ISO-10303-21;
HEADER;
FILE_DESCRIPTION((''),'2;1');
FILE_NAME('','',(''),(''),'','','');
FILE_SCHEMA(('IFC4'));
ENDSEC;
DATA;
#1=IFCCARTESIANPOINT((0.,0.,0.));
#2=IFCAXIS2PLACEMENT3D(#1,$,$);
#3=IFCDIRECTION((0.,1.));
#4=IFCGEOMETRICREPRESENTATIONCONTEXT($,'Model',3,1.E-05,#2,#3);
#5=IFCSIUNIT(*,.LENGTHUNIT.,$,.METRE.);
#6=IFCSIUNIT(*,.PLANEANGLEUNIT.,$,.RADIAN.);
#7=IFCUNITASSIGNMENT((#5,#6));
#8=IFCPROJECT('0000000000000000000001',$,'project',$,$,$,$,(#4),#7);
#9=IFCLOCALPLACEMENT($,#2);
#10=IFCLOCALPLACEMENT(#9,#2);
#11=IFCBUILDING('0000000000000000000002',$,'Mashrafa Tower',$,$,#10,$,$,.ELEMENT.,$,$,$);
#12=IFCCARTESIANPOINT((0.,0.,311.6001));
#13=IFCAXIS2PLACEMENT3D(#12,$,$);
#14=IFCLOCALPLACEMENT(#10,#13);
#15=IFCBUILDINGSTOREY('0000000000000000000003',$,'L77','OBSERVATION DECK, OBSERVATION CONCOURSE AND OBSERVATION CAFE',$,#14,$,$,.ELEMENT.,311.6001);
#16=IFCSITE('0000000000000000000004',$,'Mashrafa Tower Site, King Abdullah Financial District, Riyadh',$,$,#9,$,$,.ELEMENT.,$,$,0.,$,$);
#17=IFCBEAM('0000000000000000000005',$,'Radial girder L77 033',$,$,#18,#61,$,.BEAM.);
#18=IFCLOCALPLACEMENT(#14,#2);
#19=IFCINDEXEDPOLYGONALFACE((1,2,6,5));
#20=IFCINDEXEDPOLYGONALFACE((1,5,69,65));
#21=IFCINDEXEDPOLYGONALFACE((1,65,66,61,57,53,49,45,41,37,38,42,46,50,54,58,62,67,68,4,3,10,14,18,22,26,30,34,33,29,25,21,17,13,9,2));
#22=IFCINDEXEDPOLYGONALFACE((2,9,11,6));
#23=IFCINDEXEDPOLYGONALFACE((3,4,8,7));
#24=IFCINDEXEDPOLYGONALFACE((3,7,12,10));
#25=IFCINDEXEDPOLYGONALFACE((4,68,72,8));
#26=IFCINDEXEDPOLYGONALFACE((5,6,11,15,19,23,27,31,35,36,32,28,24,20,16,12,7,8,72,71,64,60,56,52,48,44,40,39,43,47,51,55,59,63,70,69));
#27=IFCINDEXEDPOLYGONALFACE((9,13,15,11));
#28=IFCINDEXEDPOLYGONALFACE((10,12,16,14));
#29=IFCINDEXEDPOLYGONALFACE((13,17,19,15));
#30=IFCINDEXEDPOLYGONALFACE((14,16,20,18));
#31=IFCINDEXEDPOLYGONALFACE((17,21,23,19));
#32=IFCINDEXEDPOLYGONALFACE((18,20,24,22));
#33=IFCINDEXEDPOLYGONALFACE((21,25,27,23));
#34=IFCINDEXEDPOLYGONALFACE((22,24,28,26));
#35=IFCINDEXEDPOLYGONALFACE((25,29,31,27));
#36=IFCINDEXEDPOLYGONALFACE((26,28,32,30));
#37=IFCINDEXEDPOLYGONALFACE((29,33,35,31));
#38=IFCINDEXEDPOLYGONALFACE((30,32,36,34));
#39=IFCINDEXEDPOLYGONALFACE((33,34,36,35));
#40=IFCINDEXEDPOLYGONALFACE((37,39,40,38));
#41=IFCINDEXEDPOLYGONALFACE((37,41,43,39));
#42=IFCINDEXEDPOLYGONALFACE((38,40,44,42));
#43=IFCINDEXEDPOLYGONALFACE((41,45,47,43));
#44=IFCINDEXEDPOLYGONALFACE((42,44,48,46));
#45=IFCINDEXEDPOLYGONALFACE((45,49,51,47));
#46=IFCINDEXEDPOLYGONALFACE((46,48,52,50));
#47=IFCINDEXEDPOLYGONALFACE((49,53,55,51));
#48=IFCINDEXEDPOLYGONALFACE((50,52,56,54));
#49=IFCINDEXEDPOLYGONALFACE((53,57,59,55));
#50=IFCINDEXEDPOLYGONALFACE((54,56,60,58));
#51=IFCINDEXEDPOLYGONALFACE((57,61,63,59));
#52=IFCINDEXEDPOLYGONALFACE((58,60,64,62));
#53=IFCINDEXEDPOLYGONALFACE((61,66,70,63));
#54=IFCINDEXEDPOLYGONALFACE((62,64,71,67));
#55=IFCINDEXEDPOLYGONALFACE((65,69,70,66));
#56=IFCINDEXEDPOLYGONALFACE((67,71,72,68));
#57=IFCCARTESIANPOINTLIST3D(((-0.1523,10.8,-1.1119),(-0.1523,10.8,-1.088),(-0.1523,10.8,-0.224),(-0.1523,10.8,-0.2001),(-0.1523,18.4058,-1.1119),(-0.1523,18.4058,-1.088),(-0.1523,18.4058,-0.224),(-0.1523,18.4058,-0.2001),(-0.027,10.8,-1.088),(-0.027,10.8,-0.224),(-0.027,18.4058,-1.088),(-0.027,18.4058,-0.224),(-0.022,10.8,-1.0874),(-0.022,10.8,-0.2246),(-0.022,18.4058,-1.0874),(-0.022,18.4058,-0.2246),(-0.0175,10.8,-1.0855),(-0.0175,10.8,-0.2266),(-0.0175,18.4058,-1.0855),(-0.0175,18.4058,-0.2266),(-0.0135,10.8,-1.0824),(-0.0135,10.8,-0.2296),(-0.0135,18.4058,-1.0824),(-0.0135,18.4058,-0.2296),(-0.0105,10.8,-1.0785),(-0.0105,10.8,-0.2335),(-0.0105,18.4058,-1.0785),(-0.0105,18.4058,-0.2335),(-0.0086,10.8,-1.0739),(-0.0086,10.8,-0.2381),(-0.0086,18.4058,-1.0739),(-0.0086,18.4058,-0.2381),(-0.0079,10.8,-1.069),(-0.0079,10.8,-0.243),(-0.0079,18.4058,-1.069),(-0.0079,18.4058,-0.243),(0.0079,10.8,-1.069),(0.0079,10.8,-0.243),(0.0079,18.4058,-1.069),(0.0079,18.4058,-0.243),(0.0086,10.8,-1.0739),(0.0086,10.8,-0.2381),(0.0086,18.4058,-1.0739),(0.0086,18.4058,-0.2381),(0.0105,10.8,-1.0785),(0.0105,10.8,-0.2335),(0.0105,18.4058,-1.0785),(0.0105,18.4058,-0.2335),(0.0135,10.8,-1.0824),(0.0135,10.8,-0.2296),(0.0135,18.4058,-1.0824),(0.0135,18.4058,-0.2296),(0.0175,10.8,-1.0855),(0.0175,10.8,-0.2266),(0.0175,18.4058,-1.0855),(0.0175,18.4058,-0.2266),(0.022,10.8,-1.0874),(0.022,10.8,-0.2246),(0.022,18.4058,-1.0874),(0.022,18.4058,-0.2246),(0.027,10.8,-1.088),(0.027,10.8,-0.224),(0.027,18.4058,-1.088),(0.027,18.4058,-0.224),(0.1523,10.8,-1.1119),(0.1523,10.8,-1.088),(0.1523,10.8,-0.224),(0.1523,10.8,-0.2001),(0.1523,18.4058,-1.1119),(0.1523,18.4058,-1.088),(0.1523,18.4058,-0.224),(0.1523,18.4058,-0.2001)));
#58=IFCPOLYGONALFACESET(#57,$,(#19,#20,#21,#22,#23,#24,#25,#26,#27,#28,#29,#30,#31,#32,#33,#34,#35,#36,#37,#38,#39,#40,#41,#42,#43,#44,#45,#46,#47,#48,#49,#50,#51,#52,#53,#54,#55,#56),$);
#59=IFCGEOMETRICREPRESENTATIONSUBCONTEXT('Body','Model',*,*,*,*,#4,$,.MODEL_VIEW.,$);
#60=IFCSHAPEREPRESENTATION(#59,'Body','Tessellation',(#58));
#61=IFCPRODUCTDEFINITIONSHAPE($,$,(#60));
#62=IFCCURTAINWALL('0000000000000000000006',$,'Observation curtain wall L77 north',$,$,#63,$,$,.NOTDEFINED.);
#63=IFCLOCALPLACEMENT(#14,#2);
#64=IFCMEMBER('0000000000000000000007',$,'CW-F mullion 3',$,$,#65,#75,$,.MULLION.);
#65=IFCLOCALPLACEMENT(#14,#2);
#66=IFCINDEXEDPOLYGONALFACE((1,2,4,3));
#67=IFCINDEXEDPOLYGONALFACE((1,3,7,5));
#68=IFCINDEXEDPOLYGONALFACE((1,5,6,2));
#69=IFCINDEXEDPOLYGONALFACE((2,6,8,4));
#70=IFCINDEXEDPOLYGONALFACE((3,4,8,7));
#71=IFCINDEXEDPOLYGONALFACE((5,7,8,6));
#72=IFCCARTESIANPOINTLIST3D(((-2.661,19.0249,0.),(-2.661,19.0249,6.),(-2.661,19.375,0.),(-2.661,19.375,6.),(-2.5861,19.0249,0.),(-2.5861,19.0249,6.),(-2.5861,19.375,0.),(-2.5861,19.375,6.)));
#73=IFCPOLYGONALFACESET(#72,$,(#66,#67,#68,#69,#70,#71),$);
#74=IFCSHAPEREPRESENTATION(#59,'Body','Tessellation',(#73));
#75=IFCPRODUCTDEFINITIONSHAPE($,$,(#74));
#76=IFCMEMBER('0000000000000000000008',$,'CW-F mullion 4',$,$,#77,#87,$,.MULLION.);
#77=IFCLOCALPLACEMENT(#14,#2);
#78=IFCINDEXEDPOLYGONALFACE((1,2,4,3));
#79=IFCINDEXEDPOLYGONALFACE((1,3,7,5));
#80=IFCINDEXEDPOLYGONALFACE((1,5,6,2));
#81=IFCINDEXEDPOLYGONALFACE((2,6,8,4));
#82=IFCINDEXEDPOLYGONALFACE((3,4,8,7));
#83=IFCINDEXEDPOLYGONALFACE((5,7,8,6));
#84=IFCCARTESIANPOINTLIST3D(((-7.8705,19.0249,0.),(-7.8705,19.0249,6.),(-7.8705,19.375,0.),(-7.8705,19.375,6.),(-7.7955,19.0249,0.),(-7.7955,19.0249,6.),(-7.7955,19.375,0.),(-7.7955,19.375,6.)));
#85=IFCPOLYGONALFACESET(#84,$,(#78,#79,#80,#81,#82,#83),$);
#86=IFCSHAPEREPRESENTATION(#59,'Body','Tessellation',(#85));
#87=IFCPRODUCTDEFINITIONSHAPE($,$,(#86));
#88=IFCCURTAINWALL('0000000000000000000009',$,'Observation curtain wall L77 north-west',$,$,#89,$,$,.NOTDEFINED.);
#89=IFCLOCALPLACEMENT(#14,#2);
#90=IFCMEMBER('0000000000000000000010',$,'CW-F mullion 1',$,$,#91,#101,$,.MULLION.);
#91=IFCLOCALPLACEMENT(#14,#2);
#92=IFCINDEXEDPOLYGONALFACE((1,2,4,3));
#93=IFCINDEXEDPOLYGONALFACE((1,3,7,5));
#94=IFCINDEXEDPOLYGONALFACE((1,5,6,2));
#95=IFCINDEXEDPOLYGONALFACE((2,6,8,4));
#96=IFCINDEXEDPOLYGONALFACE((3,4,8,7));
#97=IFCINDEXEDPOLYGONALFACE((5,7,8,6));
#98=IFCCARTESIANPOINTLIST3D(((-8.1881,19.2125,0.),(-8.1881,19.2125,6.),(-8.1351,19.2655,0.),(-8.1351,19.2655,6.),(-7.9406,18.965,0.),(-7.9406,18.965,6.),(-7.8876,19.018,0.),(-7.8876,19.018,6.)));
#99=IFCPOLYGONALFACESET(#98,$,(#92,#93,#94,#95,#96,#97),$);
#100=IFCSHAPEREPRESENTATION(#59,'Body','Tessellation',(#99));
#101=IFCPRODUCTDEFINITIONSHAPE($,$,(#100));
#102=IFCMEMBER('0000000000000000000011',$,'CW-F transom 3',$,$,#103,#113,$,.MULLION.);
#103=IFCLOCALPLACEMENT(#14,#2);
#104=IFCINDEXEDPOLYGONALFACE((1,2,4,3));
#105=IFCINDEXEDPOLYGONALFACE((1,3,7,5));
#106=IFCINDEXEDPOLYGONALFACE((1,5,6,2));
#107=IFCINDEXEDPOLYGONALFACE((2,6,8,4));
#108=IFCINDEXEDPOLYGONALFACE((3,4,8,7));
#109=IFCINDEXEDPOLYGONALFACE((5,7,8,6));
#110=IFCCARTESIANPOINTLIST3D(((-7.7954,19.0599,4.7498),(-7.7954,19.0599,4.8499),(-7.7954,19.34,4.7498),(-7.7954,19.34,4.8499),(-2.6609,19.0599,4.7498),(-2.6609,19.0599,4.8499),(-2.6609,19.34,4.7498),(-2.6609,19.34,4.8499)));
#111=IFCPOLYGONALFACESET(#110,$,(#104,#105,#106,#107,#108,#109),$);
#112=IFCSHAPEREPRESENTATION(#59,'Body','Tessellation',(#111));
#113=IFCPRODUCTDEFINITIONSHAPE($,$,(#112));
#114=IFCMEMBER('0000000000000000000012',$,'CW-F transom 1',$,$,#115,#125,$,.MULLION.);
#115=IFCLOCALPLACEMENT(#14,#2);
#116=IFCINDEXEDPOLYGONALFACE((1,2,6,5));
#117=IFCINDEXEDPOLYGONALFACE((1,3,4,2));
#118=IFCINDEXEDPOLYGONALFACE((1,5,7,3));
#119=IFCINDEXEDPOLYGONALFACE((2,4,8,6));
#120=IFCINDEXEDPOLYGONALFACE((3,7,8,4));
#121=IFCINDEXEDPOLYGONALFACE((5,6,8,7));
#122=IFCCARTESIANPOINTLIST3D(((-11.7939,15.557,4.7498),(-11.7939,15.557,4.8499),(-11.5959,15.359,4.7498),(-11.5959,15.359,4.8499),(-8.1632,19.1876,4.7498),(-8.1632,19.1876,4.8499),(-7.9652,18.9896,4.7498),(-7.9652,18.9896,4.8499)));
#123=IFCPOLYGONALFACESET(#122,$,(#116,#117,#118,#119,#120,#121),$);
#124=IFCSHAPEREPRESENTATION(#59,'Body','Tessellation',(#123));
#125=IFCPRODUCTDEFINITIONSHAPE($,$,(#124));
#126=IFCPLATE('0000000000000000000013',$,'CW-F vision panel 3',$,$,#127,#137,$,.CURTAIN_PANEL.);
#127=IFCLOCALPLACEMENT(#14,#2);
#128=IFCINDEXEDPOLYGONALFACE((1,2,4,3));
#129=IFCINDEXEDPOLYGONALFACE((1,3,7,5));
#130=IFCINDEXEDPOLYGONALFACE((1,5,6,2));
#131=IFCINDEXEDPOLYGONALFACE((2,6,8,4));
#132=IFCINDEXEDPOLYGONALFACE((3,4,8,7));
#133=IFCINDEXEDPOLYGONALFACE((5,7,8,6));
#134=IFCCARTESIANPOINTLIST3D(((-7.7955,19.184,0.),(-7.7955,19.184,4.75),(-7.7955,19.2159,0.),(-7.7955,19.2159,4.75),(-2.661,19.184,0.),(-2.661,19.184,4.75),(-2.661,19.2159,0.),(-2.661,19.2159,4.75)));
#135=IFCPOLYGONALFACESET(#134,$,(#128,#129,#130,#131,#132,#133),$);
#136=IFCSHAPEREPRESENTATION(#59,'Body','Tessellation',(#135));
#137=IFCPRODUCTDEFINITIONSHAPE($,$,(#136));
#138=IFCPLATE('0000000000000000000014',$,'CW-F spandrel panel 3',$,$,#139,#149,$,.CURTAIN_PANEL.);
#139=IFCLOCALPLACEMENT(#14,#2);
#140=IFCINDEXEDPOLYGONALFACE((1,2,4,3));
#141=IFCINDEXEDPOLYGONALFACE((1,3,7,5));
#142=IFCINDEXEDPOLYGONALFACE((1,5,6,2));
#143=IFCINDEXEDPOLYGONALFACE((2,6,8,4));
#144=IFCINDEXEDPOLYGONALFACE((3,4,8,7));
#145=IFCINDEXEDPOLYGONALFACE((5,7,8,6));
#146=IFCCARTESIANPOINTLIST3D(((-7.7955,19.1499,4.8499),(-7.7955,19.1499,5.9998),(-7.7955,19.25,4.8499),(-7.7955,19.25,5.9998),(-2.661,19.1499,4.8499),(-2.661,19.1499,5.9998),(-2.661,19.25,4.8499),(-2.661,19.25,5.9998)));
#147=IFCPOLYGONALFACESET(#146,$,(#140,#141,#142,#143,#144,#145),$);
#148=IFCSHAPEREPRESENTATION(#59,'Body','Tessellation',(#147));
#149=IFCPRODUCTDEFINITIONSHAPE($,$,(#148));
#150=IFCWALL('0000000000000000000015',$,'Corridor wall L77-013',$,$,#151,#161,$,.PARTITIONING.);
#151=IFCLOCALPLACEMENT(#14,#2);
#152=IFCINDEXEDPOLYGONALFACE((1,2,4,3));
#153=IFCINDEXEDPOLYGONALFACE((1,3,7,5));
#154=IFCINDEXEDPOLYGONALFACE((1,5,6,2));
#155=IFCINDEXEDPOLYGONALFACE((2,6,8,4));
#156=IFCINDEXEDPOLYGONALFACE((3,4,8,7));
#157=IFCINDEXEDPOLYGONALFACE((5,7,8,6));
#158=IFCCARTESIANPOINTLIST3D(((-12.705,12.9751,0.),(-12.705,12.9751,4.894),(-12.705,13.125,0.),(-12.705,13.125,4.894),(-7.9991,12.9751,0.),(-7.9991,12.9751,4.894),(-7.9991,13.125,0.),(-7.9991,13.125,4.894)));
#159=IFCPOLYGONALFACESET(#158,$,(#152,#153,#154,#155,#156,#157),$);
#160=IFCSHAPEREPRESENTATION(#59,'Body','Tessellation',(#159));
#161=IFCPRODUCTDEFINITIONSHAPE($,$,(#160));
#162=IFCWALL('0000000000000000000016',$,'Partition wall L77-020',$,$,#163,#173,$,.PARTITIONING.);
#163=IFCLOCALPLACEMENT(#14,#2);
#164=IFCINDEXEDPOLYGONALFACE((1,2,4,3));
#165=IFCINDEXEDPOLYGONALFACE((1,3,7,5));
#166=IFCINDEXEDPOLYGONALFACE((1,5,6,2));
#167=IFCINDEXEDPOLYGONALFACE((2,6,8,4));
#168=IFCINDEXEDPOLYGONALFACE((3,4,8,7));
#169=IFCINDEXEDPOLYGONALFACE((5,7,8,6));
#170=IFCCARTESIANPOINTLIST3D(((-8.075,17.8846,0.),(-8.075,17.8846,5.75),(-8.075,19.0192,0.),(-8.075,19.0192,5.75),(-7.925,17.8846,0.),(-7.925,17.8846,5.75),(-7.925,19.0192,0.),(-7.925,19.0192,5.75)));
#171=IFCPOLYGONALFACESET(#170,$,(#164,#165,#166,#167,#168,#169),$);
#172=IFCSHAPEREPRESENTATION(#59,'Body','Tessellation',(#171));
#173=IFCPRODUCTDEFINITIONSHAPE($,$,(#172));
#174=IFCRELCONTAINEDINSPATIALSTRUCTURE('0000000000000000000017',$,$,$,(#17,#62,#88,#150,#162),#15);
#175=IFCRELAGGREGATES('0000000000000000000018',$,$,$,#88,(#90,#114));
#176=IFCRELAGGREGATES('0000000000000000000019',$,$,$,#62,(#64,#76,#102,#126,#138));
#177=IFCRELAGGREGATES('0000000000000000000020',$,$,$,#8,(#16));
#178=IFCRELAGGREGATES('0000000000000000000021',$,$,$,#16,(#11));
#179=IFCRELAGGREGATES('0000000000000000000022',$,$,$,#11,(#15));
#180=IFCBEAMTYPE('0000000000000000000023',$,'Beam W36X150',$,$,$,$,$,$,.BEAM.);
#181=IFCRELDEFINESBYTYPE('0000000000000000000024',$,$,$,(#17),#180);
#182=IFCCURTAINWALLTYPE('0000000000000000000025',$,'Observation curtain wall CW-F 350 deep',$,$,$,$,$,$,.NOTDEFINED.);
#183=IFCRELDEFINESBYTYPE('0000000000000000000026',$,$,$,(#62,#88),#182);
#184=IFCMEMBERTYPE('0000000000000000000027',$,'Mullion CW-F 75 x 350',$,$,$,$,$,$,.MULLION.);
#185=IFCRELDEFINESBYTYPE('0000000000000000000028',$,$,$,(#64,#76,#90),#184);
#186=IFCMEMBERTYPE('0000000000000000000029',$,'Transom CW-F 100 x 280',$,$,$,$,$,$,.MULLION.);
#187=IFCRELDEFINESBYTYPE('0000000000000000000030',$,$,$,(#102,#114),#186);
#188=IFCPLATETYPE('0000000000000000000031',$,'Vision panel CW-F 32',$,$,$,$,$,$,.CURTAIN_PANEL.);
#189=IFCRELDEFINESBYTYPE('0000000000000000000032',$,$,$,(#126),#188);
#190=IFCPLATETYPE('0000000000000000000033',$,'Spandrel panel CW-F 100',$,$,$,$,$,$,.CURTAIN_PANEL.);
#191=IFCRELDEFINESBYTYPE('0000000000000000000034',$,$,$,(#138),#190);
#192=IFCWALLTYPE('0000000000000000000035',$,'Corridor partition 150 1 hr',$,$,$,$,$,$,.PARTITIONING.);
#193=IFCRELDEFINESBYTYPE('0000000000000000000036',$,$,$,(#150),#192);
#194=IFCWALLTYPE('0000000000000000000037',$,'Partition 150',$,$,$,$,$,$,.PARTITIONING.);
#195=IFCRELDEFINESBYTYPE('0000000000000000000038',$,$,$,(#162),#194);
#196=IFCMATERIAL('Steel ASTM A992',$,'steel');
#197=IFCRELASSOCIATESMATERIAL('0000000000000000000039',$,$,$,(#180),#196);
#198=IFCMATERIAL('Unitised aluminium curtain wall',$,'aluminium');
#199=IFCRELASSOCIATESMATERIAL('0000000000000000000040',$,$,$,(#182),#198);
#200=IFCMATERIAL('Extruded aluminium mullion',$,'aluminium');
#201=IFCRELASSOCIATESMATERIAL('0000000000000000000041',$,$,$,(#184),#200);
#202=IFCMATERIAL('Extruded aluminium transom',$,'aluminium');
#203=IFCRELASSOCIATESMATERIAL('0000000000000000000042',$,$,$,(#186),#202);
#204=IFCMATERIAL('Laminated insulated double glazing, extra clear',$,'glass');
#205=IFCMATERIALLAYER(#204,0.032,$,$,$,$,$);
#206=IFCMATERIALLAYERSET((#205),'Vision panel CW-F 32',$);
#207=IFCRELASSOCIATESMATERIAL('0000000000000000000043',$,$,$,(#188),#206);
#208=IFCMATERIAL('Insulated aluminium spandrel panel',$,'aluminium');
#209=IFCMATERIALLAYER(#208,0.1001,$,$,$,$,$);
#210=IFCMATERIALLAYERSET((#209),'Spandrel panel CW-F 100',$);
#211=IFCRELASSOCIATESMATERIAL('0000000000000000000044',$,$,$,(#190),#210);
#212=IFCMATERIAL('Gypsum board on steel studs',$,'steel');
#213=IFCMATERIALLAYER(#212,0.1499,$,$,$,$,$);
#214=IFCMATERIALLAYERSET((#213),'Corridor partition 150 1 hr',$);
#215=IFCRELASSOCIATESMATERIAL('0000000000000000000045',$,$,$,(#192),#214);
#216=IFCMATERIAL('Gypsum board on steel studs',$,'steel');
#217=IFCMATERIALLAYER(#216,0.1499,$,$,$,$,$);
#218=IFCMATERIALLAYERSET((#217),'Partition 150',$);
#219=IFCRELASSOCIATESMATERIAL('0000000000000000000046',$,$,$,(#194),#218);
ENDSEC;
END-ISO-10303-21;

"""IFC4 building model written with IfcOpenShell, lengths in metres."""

from ifc_helpers import new_model, si_unit, direction, frame, frame_2d, origin, origin_2d, place, context, subcontext, project, spatial, rectangle, i_section, extrude, source, transform, mapped, material, layer, layer_set, material_profile, profile_set, type_object, type_shapes, element, aggregate, save


model = new_model("IFC4")

# Units and contexts
model_context = context("Model", 3, precision=1e-05, world=origin(), true_north=direction((0.0, 1.0)))
body_context = subcontext(model_context, "Body", "Model", "MODEL_VIEW")
ifc_project = project(units=[si_unit("LENGTHUNIT", "METRE"), si_unit("PLANEANGLEUNIT", "RADIAN")], contexts=[model_context])

# Site, building, storey
site_placement = place(None, origin())
site = spatial("IfcSite", under=ifc_project, at=site_placement, Name="Mashrafa Tower Site, King Abdullah Financial District, Riyadh", CompositionType="ELEMENT", RefElevation=0.0)
building_placement = place(site_placement, origin())
building = spatial("IfcBuilding", under=site, at=building_placement, Name="Mashrafa Tower", CompositionType="ELEMENT")
storey_placement = place(building_placement, frame((0.0, 0.0, 311.6001)))
storey = spatial("IfcBuildingStorey", under=building, at=storey_placement, Name="L77", Description="OBSERVATION DECK, OBSERVATION CONCOURSE AND OBSERVATION CAFE", CompositionType="ELEMENT", Elevation=311.6001)

# Beam
ifc_material_1 = material(Name="Steel ASTM A992", Category="steel")
ifc_material_profile_1 = material_profile(ifc_material_1, i_section(OverallWidth=0.3047, OverallDepth=0.9119, WebThickness=0.0159, FlangeThickness=0.0239, FilletRadius=0.019, at=origin_2d()), Name="W36X150")
ifc_profile_set_1 = profile_set([ifc_material_profile_1], Name="Steel ASTM A992")
beam_type_1 = type_object("IfcBeamType", Name="Beam W36X150", PredefinedType="BEAM", material=ifc_profile_set_1)
beam_1_placement = place(storey_placement, frame((0.0, 10.8, -0.656), z_axis=(0.0, 1.0, 0.0), x_axis=(-1.0, 0.0, 0.0)))
element("IfcBeam", 1, at=beam_1_placement, inside=storey, type_object=beam_type_1, Name="Radial girder L77 033", PredefinedType="BEAM", context=body_context, shape_type="SweptSolid", body=[
    extrude(i_section(OverallWidth=0.3047, OverallDepth=0.9119, WebThickness=0.0159, FlangeThickness=0.0239, FilletRadius=0.019, at=origin_2d()), origin(), (0.0, 0.0, 1.0), 7.6057),
])

# Curtain wall, members
ifc_material_2 = material(Name="Unitised aluminium curtain wall", Category="aluminium")
curtain_wall_type = type_object("IfcCurtainWallType", Name="Observation curtain wall CW-F 350 deep", PredefinedType="NOTDEFINED", material=ifc_material_2)
curtain_wall_1_placement = place(storey_placement, origin())
curtain_wall_1 = element("IfcCurtainWall", 2, at=curtain_wall_1_placement, inside=storey, type_object=curtain_wall_type, Name="Observation curtain wall L77 north", PredefinedType="NOTDEFINED")
ifc_material_3 = material(Name="Extruded aluminium mullion", Category="aluminium")
ifc_material_profile_2 = material_profile(ifc_material_3, rectangle(XDim=0.3501, YDim=0.075, at=origin_2d()), Name="Mullion 75x350")
ifc_profile_set_2 = profile_set([ifc_material_profile_2], Name="Extruded aluminium mullion")
member_type_1 = type_object("IfcMemberType", Name="Mullion CW-F 75 x 350", PredefinedType="MULLION", material=ifc_profile_set_2)
shared_shape_1 = source(origin(), body_context, "Body", "SweptSolid", [
    extrude(rectangle(XDim=0.3501, YDim=0.075, at=origin_2d()), origin(), (0.0, 0.0, 1.0), 6.0),
])
type_shapes(member_type_1, [shared_shape_1])
member_1_placement = place(storey_placement, frame((-2.6235, 19.2, 0.0), z_axis=(0.0, 0.0, 1.0), x_axis=(0.0, -1.0, 0.0)))
member_1 = element("IfcMember", 3, at=member_1_placement, type_object=member_type_1, Name="CW-F mullion 3", PredefinedType="MULLION", context=body_context, shape_type="MappedRepresentation", body=[
    mapped(shared_shape_1, transform((0.0, 0.0, 0.0))),
])
member_2_placement = place(storey_placement, frame((-7.833, 19.2, 0.0), z_axis=(0.0, 0.0, 1.0), x_axis=(0.0, -1.0, 0.0)))
member_2 = element("IfcMember", 4, at=member_2_placement, type_object=member_type_1, Name="CW-F mullion 4", PredefinedType="MULLION", context=body_context, shape_type="MappedRepresentation", body=[
    mapped(shared_shape_1, transform((0.0, 0.0, 0.0))),
])

# Curtain wall, member
curtain_wall_2_placement = place(storey_placement, origin())
curtain_wall_2 = element("IfcCurtainWall", 5, at=curtain_wall_2_placement, inside=storey, type_object=curtain_wall_type, Name="Observation curtain wall L77 north-west", PredefinedType="NOTDEFINED")
member_3_placement = place(storey_placement, frame((-8.0378, 19.1152, 0.0), z_axis=(0.0, 0.0, 1.0), x_axis=(0.707107, -0.707107, 0.0)))
member_3 = element("IfcMember", 6, at=member_3_placement, type_object=member_type_1, Name="CW-F mullion 1", PredefinedType="MULLION", context=body_context, shape_type="MappedRepresentation", body=[
    mapped(shared_shape_1, transform((0.0, 0.0, 0.0))),
])

# Members
ifc_material_4 = material(Name="Extruded aluminium transom", Category="aluminium")
ifc_material_profile_3 = material_profile(ifc_material_4, rectangle(XDim=0.28, YDim=0.1001, at=origin_2d()), Name="Transom 100x280")
ifc_profile_set_3 = profile_set([ifc_material_profile_3], Name="Extruded aluminium transom")
member_type_2 = type_object("IfcMemberType", Name="Transom CW-F 100 x 280", PredefinedType="MULLION", material=ifc_profile_set_3)
shared_shape_2 = source(origin(), body_context, "Body", "SweptSolid", [
    extrude(rectangle(XDim=0.28, YDim=0.1001, at=origin_2d()), origin(), (0.0, 0.0, 1.0), 5.1345),
])
type_shapes(member_type_2, [shared_shape_2])
member_4_placement = place(storey_placement, frame((-2.6609, 19.2, 4.7998), z_axis=(-1.0, 0.0, 0.0), x_axis=(0.0, -1.0, 0.0)))
member_4 = element("IfcMember", 7, at=member_4_placement, type_object=member_type_2, Name="CW-F transom 3", PredefinedType="MULLION", context=body_context, shape_type="MappedRepresentation", body=[
    mapped(shared_shape_2, transform((0.0, 0.0, 0.0))),
])
member_5_placement = place(storey_placement, frame((-8.0642, 19.0886, 4.7998), z_axis=(-0.707107, -0.707107, 0.0), x_axis=(0.707107, -0.707107, 0.0)))
member_5 = element("IfcMember", 8, at=member_5_placement, type_object=member_type_2, Name="CW-F transom 1", PredefinedType="MULLION", context=body_context, shape_type="MappedRepresentation", body=[
    mapped(shared_shape_2, transform((0.0, 0.0, 0.0))),
])
aggregate(curtain_wall_2, [member_3, member_5])

# Plates
ifc_material_5 = material(Name="Laminated insulated double glazing, extra clear", Category="glass")
ifc_layer_1 = layer(ifc_material_5, 0.032)
ifc_layer_set_1 = layer_set([ifc_layer_1], Name="Vision panel CW-F 32")
plate_type_1 = type_object("IfcPlateType", Name="Vision panel CW-F 32", PredefinedType="CURTAIN_PANEL", material=ifc_layer_set_1)
shared_shape_3 = source(origin(), body_context, "Body", "SweptSolid", [
    extrude(rectangle(XDim=5.1345, YDim=0.032, at=origin_2d()), origin(), (0.0, 0.0, 1.0), 4.75),
])
type_shapes(plate_type_1, [shared_shape_3])
plate_1_placement = place(storey_placement, frame((-5.2283, 19.2, 0.0), z_axis=(0.0, 0.0, 1.0), x_axis=(-1.0, 0.0, 0.0)))
plate_1 = element("IfcPlate", 9, at=plate_1_placement, type_object=plate_type_1, Name="CW-F vision panel 3", PredefinedType="CURTAIN_PANEL", context=body_context, shape_type="MappedRepresentation", body=[
    mapped(shared_shape_3, transform((0.0, 0.0, 0.0))),
])
ifc_material_6 = material(Name="Insulated aluminium spandrel panel", Category="aluminium")
ifc_layer_2 = layer(ifc_material_6, 0.1001)
ifc_layer_set_2 = layer_set([ifc_layer_2], Name="Spandrel panel CW-F 100")
plate_type_2 = type_object("IfcPlateType", Name="Spandrel panel CW-F 100", PredefinedType="CURTAIN_PANEL", material=ifc_layer_set_2)
shared_shape_4 = source(origin(), body_context, "Body", "SweptSolid", [
    extrude(rectangle(XDim=5.1345, YDim=0.1001, at=origin_2d()), origin(), (0.0, 0.0, 1.0), 1.1499),
])
type_shapes(plate_type_2, [shared_shape_4])
plate_2_placement = place(storey_placement, frame((-5.2283, 19.2, 4.8499), z_axis=(0.0, 0.0, 1.0), x_axis=(-1.0, 0.0, 0.0)))
plate_2 = element("IfcPlate", 10, at=plate_2_placement, type_object=plate_type_2, Name="CW-F spandrel panel 3", PredefinedType="CURTAIN_PANEL", context=body_context, shape_type="MappedRepresentation", body=[
    mapped(shared_shape_4, transform((0.0, 0.0, 0.0))),
])
aggregate(curtain_wall_1, [member_1, member_2, member_4, plate_1, plate_2])

# Walls
ifc_material_7 = material(Name="Gypsum board on steel studs", Category="steel")
ifc_layer_3 = layer(ifc_material_7, 0.1499)
ifc_layer_set_3 = layer_set([ifc_layer_3], Name="Corridor partition 150 1 hr")
wall_type_1 = type_object("IfcWallType", Name="Corridor partition 150 1 hr", PredefinedType="PARTITIONING", material=ifc_layer_set_3)
wall_1_placement = place(storey_placement, frame((-7.999, 13.05, 0.0), z_axis=(0.0, 0.0, 1.0), x_axis=(-1.0, 0.0, 0.0)))
element("IfcWall", 11, at=wall_1_placement, inside=storey, type_object=wall_type_1, Name="Corridor wall L77-013", PredefinedType="PARTITIONING", context=body_context, shape_type="SweptSolid", body=[
    extrude(rectangle(XDim=4.7058, YDim=0.1499, at=frame_2d((2.353, 0.0))), origin(), (0.0, 0.0, 1.0), 4.894),
])
ifc_material_8 = material(Name="Gypsum board on steel studs", Category="steel")
ifc_layer_4 = layer(ifc_material_8, 0.1499)
ifc_layer_set_4 = layer_set([ifc_layer_4], Name="Partition 150")
wall_type_2 = type_object("IfcWallType", Name="Partition 150", PredefinedType="PARTITIONING", material=ifc_layer_set_4)
wall_2_placement = place(storey_placement, frame((-8.0, 19.0193, 0.0), z_axis=(0.0, 0.0, 1.0), x_axis=(0.0, -1.0, 0.0)))
element("IfcWall", 12, at=wall_2_placement, inside=storey, type_object=wall_type_2, Name="Partition wall L77-020", PredefinedType="PARTITIONING", context=body_context, shape_type="SweptSolid", body=[
    extrude(rectangle(XDim=1.1345, YDim=0.1499, at=frame_2d((0.5674, 0.0))), origin(), (0.0, 0.0, 1.0), 5.75),
])

save(model, "model.ifc")
